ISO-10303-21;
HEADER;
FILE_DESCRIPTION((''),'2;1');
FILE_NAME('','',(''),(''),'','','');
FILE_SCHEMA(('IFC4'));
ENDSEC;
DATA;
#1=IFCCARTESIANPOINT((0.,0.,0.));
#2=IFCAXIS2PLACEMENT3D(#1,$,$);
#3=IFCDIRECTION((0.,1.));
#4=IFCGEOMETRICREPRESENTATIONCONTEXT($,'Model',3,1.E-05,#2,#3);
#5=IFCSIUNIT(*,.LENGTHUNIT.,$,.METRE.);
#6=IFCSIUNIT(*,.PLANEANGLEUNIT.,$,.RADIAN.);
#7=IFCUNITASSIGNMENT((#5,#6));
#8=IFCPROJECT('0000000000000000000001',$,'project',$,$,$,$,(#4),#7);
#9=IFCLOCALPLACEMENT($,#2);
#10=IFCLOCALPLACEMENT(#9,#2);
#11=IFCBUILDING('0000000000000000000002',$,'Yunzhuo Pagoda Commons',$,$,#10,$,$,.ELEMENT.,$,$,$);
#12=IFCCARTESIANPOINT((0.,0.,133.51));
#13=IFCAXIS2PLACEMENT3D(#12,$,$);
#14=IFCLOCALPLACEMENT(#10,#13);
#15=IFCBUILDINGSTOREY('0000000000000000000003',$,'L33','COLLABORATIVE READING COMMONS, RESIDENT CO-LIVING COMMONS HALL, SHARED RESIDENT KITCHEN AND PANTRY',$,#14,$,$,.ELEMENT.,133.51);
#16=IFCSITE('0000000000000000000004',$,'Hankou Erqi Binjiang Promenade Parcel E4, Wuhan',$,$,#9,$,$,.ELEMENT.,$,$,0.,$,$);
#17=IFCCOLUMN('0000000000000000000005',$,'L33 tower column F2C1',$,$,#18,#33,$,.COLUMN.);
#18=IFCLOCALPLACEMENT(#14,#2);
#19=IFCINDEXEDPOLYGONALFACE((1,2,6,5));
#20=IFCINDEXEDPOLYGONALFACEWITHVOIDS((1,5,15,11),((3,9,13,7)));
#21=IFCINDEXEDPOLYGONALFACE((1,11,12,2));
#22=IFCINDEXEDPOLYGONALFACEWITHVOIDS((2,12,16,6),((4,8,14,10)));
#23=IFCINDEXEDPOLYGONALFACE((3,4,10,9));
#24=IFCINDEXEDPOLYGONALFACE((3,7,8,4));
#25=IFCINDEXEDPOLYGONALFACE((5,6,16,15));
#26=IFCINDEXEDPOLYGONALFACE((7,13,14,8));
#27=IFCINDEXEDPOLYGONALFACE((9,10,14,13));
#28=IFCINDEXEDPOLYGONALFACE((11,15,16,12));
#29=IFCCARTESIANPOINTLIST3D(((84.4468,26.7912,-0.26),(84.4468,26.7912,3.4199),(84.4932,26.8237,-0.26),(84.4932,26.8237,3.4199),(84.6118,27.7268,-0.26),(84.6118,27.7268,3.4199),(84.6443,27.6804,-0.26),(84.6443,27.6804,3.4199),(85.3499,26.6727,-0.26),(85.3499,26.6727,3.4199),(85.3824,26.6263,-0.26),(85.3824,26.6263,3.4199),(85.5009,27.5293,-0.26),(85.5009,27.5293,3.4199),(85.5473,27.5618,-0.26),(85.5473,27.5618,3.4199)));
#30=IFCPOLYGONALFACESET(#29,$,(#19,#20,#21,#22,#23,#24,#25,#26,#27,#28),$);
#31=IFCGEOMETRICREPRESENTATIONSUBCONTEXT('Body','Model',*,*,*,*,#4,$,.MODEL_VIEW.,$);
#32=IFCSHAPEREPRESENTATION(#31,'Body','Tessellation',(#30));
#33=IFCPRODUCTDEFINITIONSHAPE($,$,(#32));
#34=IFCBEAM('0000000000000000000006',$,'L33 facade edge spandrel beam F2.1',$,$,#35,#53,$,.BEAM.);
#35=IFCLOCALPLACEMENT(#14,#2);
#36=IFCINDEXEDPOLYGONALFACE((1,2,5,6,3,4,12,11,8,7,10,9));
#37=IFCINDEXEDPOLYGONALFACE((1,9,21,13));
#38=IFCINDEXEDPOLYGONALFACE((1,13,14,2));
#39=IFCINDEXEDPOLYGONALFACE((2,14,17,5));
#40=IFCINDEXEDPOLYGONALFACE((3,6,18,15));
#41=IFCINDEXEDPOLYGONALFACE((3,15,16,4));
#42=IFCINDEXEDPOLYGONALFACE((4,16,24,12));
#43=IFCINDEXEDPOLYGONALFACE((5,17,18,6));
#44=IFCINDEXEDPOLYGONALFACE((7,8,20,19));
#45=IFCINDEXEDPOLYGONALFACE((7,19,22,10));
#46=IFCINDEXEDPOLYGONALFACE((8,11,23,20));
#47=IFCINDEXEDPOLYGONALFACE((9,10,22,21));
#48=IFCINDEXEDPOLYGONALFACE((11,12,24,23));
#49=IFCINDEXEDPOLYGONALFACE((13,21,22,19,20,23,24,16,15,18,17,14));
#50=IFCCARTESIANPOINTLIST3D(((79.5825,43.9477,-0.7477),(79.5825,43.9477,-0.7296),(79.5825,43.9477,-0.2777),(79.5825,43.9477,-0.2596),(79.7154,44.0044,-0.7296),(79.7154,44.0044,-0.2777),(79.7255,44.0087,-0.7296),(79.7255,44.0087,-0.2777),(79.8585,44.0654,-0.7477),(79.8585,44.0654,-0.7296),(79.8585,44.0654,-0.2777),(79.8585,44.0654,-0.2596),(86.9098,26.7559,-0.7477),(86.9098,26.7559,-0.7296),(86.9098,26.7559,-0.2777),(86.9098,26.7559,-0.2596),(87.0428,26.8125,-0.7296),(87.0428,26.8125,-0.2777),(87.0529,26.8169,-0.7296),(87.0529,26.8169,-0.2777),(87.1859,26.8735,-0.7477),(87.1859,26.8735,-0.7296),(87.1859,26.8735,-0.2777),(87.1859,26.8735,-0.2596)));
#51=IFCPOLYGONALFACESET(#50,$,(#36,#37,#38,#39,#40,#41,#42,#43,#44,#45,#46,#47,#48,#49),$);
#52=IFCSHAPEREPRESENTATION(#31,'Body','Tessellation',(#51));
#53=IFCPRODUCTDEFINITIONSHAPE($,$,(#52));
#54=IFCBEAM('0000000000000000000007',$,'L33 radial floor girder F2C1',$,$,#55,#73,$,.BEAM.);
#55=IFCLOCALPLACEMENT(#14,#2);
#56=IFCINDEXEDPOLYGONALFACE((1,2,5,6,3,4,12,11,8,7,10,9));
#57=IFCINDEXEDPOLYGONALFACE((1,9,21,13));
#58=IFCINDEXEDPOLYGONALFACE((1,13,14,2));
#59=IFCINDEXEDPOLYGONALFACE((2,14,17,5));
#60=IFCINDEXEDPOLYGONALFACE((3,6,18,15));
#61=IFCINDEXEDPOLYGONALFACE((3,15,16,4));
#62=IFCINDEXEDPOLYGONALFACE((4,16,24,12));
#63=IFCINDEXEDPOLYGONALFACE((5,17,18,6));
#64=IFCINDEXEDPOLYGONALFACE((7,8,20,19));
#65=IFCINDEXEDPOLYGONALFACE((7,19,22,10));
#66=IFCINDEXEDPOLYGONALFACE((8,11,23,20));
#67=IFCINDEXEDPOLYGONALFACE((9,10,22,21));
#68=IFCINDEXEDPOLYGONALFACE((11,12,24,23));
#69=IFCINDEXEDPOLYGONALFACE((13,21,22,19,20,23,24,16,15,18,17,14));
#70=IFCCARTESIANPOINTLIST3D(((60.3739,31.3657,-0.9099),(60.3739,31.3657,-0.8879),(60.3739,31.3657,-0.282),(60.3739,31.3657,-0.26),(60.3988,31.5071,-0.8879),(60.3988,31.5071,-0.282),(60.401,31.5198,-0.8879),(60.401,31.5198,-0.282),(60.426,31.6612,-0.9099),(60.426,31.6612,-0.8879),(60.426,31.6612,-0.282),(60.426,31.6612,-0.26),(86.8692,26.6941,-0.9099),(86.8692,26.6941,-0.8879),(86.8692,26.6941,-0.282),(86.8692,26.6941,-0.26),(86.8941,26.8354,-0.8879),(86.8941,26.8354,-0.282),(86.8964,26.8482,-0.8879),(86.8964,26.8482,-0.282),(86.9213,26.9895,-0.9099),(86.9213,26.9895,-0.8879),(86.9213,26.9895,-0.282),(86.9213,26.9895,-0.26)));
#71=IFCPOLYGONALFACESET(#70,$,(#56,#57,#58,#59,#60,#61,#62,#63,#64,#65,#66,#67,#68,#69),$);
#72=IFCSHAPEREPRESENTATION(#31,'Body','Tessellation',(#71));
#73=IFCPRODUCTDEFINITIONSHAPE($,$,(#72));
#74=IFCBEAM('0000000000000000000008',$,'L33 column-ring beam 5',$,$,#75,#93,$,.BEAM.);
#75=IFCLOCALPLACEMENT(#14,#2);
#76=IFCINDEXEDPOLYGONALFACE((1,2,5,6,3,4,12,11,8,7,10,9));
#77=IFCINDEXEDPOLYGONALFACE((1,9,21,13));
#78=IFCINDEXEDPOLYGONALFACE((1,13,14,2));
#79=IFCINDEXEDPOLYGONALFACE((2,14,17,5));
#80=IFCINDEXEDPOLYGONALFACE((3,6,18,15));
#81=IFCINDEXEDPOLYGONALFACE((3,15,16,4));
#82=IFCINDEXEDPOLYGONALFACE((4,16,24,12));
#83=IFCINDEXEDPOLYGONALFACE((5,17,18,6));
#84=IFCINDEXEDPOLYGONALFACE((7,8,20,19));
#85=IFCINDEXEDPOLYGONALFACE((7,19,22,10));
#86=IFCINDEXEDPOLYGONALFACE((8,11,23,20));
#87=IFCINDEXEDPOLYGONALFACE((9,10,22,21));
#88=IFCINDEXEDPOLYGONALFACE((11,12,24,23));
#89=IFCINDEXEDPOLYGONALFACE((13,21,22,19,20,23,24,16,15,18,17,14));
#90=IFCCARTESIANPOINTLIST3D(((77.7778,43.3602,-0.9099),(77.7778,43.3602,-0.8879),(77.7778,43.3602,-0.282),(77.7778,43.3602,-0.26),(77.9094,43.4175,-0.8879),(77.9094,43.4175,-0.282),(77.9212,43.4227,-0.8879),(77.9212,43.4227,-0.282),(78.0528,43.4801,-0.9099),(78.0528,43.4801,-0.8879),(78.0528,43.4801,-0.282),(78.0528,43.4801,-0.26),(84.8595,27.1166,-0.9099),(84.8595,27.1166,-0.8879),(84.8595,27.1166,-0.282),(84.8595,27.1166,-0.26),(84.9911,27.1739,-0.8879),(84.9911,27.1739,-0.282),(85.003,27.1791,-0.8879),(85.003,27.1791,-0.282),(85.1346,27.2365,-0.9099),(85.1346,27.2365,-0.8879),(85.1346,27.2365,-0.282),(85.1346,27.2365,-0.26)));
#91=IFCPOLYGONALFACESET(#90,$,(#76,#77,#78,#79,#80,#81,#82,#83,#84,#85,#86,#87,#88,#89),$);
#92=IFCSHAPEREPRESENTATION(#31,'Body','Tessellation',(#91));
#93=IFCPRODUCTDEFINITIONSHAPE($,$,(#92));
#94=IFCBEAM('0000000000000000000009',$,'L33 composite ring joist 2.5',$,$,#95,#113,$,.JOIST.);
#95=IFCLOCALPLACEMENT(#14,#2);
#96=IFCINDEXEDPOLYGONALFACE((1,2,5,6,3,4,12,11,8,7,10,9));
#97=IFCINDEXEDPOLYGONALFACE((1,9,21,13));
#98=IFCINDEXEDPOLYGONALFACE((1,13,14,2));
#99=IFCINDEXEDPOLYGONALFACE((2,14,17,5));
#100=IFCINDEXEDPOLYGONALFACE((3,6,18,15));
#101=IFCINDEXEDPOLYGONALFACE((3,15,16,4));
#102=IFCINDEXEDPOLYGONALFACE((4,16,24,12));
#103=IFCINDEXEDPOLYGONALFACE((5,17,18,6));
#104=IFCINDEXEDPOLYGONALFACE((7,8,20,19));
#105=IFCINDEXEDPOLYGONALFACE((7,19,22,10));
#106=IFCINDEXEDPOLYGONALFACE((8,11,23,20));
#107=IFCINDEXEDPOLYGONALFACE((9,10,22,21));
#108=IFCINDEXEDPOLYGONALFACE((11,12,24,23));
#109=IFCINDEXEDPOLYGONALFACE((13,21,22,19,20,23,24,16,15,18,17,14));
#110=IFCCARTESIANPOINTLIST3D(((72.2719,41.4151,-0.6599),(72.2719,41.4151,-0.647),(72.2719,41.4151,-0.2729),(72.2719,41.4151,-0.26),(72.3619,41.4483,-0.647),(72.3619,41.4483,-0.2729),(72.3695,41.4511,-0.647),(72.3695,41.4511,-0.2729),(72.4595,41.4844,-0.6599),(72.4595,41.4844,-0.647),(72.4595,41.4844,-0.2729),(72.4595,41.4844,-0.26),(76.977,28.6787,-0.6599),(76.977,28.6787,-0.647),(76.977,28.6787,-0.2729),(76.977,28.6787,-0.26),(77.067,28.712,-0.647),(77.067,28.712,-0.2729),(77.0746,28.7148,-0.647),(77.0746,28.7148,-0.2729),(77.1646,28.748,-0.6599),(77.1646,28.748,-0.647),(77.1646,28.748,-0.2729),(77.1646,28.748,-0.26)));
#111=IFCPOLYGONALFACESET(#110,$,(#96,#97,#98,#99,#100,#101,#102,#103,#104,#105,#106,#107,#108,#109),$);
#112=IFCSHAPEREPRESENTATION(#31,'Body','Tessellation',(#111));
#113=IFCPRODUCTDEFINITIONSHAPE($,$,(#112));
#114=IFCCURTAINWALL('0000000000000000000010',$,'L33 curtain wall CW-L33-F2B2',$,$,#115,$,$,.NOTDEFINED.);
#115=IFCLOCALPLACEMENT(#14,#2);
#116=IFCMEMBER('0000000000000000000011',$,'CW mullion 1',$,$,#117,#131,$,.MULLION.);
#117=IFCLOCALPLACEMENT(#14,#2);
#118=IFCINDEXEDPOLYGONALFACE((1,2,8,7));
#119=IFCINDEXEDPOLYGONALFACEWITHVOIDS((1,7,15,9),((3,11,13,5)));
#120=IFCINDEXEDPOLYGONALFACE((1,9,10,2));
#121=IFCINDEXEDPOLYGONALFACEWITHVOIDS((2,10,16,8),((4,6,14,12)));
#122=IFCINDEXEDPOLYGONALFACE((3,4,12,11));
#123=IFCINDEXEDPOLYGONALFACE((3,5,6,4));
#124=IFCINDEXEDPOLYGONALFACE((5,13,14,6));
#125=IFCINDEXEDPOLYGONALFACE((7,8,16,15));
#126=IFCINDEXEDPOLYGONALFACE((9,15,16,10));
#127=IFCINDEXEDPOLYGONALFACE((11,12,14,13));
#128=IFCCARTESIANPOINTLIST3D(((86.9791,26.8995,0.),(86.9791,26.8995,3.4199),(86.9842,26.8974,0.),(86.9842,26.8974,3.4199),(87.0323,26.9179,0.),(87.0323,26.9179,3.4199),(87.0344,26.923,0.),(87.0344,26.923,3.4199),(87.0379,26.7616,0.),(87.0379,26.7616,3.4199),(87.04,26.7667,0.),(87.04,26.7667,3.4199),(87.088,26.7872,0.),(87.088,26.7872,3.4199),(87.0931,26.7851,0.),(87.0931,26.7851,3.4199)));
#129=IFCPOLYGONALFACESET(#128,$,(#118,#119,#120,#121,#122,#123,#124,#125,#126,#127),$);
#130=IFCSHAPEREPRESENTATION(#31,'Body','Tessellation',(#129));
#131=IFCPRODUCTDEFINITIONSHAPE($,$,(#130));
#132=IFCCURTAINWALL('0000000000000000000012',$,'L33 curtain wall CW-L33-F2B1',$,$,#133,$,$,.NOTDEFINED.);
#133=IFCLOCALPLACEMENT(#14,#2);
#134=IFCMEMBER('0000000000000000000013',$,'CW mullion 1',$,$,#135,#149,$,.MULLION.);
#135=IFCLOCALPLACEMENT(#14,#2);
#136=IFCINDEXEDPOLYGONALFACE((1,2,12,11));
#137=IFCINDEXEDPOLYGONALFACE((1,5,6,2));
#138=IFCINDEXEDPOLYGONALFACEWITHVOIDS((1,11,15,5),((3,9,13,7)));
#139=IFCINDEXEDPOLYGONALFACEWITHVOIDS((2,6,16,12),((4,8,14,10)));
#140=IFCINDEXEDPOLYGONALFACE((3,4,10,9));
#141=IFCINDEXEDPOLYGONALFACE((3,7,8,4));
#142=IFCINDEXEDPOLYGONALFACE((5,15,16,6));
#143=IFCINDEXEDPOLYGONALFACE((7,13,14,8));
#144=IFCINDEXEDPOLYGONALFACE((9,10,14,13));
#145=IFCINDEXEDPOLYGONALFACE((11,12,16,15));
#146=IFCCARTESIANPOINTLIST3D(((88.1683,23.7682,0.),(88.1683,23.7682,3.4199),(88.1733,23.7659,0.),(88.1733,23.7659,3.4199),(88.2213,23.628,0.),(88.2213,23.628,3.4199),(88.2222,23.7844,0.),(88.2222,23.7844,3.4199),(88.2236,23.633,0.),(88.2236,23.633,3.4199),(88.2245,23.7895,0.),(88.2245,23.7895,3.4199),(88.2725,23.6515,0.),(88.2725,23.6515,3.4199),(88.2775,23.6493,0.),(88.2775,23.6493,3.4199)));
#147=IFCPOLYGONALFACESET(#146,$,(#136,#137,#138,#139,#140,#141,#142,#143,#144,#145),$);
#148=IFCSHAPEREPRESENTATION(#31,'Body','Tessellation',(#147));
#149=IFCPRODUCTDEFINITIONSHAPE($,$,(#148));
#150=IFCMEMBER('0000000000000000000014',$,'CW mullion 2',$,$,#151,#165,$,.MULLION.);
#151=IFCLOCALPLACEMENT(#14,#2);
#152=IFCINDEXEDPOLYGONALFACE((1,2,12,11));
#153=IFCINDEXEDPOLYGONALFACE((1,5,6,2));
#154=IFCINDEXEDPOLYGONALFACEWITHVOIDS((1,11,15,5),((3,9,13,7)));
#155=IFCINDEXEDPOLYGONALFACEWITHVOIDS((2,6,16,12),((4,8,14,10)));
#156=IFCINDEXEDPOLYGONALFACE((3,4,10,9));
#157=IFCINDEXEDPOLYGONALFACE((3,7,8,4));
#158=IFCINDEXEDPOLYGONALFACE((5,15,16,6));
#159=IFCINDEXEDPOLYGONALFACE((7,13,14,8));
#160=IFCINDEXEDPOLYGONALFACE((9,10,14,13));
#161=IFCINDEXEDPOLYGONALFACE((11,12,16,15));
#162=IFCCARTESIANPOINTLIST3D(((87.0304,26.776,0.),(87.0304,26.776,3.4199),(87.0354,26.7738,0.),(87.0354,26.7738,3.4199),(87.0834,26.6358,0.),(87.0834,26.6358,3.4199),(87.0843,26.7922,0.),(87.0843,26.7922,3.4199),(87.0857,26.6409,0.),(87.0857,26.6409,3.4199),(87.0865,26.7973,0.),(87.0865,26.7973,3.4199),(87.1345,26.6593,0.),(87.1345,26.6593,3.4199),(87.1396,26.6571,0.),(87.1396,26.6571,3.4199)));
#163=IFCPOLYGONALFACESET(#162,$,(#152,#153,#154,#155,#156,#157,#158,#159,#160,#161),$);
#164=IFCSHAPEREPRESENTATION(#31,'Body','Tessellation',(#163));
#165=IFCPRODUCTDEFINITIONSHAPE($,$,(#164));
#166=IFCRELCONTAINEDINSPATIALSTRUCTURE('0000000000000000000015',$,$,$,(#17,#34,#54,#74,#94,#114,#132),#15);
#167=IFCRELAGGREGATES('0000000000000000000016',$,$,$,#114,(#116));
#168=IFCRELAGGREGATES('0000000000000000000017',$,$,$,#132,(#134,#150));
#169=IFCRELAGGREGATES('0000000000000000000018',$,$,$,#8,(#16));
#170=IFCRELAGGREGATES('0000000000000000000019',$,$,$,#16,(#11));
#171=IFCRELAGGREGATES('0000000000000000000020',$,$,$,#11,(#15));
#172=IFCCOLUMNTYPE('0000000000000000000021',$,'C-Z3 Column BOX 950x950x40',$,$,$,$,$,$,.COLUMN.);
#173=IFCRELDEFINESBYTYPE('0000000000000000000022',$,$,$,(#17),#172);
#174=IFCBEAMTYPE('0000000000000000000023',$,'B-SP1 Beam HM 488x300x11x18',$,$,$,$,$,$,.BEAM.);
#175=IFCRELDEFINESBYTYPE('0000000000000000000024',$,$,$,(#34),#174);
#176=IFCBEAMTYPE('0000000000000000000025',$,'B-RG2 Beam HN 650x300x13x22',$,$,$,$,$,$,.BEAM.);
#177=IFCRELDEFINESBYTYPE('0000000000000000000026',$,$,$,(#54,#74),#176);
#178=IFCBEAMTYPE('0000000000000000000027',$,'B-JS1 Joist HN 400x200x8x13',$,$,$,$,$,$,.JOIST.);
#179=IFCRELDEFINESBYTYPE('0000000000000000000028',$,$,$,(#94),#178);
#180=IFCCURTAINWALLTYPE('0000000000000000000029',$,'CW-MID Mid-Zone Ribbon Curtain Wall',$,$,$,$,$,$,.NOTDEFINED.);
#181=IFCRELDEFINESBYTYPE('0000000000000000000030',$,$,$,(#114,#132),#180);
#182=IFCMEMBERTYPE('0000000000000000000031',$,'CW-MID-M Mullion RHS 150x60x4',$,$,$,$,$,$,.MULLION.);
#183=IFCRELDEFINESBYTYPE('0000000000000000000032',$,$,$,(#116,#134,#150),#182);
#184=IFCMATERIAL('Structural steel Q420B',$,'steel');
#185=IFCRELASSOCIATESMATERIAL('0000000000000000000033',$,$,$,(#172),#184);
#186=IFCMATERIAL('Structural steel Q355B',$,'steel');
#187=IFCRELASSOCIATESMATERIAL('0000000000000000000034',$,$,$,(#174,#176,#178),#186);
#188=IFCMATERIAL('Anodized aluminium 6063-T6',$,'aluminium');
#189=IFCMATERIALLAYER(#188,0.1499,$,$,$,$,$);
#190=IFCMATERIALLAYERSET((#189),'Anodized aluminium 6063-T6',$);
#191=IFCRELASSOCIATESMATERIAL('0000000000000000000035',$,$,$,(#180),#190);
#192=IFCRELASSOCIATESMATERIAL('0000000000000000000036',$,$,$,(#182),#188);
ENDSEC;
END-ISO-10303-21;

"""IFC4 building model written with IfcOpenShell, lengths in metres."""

from ifc_helpers import new_model, si_unit, direction, frame, origin, origin_2d, place, context, subcontext, project, spatial, hollow_rectangle, i_section, extrude, source, transform, mapped, material, layer, layer_set, material_profile, profile_set, type_object, element, aggregate, save


model = new_model("IFC4")

# Units and contexts
model_context = context("Model", 3, precision=1e-05, world=origin(), true_north=direction((0.0, 1.0)))
body_context = subcontext(model_context, "Body", "Model", "MODEL_VIEW")
ifc_project = project(units=[si_unit("LENGTHUNIT", "METRE"), si_unit("PLANEANGLEUNIT", "RADIAN")], contexts=[model_context])

# Site, building, storey
site_placement = place(None, origin())
site = spatial("IfcSite", under=ifc_project, at=site_placement, Name="Hankou Erqi Binjiang Promenade Parcel E4, Wuhan", CompositionType="ELEMENT", RefElevation=0.0)
building_placement = place(site_placement, origin())
building = spatial("IfcBuilding", under=site, at=building_placement, Name="Yunzhuo Pagoda Commons", CompositionType="ELEMENT")
storey_placement = place(building_placement, frame((0.0, 0.0, 133.51)))
storey = spatial("IfcBuildingStorey", under=building, at=storey_placement, Name="L33", Description="COLLABORATIVE READING COMMONS, RESIDENT CO-LIVING COMMONS HALL, SHARED RESIDENT KITCHEN AND PANTRY", CompositionType="ELEMENT", Elevation=133.51)

# Column
ifc_material_1 = material(Name="Structural steel Q420B", Category="steel")
ifc_material_profile_1 = material_profile(ifc_material_1, hollow_rectangle(XDim=0.95, YDim=0.95, WallThickness=0.04, at=origin_2d()), Name="Structural steel Q420B")
ifc_profile_set_1 = profile_set([ifc_material_profile_1], Name="Structural steel Q420B")
column_type = type_object("IfcColumnType", Name="C-Z3 Column BOX 950x950x40", PredefinedType="COLUMN", material=ifc_profile_set_1)
shared_shape_1 = source(origin(), body_context, "Body", "SweptSolid", [
    extrude(hollow_rectangle(XDim=0.95, YDim=0.95, WallThickness=0.04, at=origin_2d()), origin(), (0.0, 0.0, 1.0), 3.6799),
])
column_placement = place(storey_placement, frame((84.9971, 27.1765, -0.26), z_axis=(0.0, 0.0, 1.0), x_axis=(0.173648, 0.984808, 0.0)))
element("IfcColumn", 1, at=column_placement, inside=storey, type_object=column_type, Name="L33 tower column F2C1", PredefinedType="COLUMN", context=body_context, shape_type="MappedRepresentation", body=[
    mapped(shared_shape_1, transform((0.0, 0.0, 0.0), scale=1.0)),
])

# Beams
ifc_material_2 = material(Name="Structural steel Q355B", Category="steel")
ifc_material_profile_2 = material_profile(ifc_material_2, i_section(OverallWidth=0.3, OverallDepth=0.488, WebThickness=0.011, FlangeThickness=0.0181, at=origin_2d()), Name="Structural steel Q355B")
ifc_profile_set_2 = profile_set([ifc_material_profile_2], Name="Structural steel Q355B")
beam_type_1 = type_object("IfcBeamType", Name="B-SP1 Beam HM 488x300x11x18", PredefinedType="BEAM", material=ifc_profile_set_2)
shared_shape_2 = source(origin(), body_context, "Body", "SweptSolid", [
    extrude(i_section(OverallWidth=0.3, OverallDepth=0.488, WebThickness=0.011, FlangeThickness=0.0181, at=origin_2d()), origin(), (0.0, 0.0, 1.0), 18.6882),
])
beam_1_placement = place(storey_placement, frame((87.0479, 26.8147, -0.5037), z_axis=(-0.392085, 0.919929, 0.0), x_axis=(-0.919929, -0.392085, 0.0)))
element("IfcBeam", 2, at=beam_1_placement, inside=storey, type_object=beam_type_1, Name="L33 facade edge spandrel beam F2.1", PredefinedType="BEAM", context=body_context, shape_type="MappedRepresentation", body=[
    mapped(shared_shape_2, transform((0.0, 0.0, 0.0), scale=1.0)),
])
ifc_material_profile_3 = material_profile(ifc_material_2, i_section(OverallWidth=0.3, OverallDepth=0.6499, WebThickness=0.0129, FlangeThickness=0.022, at=origin_2d()), Name="Structural steel Q355B")
ifc_profile_set_3 = profile_set([ifc_material_profile_3], Name="Structural steel Q355B")
beam_type_2 = type_object("IfcBeamType", Name="B-RG2 Beam HN 650x300x13x22", PredefinedType="BEAM", material=ifc_profile_set_3)
shared_shape_3 = source(origin(), body_context, "Body", "SweptSolid", [
    extrude(i_section(OverallWidth=0.3, OverallDepth=0.6499, WebThickness=0.0129, FlangeThickness=0.022, at=origin_2d()), origin(), (0.0, 0.0, 1.0), 26.9041),
])
beam_2_placement = place(storey_placement, frame((86.8953, 26.8418, -0.585), z_axis=(-0.984809, 0.17364, 0.0), x_axis=(-0.17364, -0.984809, 0.0)))
element("IfcBeam", 3, at=beam_2_placement, inside=storey, type_object=beam_type_2, Name="L33 radial floor girder F2C1", PredefinedType="BEAM", context=body_context, shape_type="MappedRepresentation", body=[
    mapped(shared_shape_3, transform((0.0, 0.0, 0.0), scale=1.0)),
])
shared_shape_4 = source(origin(), body_context, "Body", "SweptSolid", [
    extrude(i_section(OverallWidth=0.3, OverallDepth=0.6499, WebThickness=0.0129, FlangeThickness=0.022, at=origin_2d()), origin(), (0.0, 0.0, 1.0), 17.7202),
])
beam_3_placement = place(storey_placement, frame((84.9971, 27.1765, -0.585), z_axis=(-0.399643, 0.916671, 0.0), x_axis=(-0.916671, -0.399643, 0.0)))
element("IfcBeam", 4, at=beam_3_placement, inside=storey, type_object=beam_type_2, Name="L33 column-ring beam 5", PredefinedType="BEAM", context=body_context, shape_type="MappedRepresentation", body=[
    mapped(shared_shape_4, transform((0.0, 0.0, 0.0), scale=1.0)),
])
ifc_material_profile_4 = material_profile(ifc_material_2, i_section(OverallWidth=0.2, OverallDepth=0.3999, WebThickness=0.0081, FlangeThickness=0.0129, at=origin_2d()), Name="Structural steel Q355B")
ifc_profile_set_4 = profile_set([ifc_material_profile_4], Name="Structural steel Q355B")
beam_type_3 = type_object("IfcBeamType", Name="B-JS1 Joist HN 400x200x8x13", PredefinedType="JOIST", material=ifc_profile_set_4)
shared_shape_5 = source(origin(), body_context, "Body", "SweptSolid", [
    extrude(i_section(OverallWidth=0.2, OverallDepth=0.3999, WebThickness=0.0081, FlangeThickness=0.0129, at=origin_2d()), origin(), (0.0, 0.0, 1.0), 13.5776),
])
beam_4_placement = place(storey_placement, frame((77.0708, 28.7134, -0.46), z_axis=(-0.346532, 0.938038, 0.0), x_axis=(-0.938038, -0.346532, 0.0)))
element("IfcBeam", 5, at=beam_4_placement, inside=storey, type_object=beam_type_3, Name="L33 composite ring joist 2.5", PredefinedType="JOIST", context=body_context, shape_type="MappedRepresentation", body=[
    mapped(shared_shape_5, transform((0.0, 0.0, 0.0), scale=1.0)),
])

# Curtain wall, member
ifc_material_3 = material(Name="Anodized aluminium 6063-T6", Category="aluminium")
ifc_layer_1 = layer(ifc_material_3, 0.1499)
ifc_layer_set_1 = layer_set([ifc_layer_1], Name="Anodized aluminium 6063-T6")
curtain_wall_type_1 = type_object("IfcCurtainWallType", Name="CW-MID Mid-Zone Ribbon Curtain Wall", PredefinedType="NOTDEFINED", material=ifc_layer_set_1)
curtain_wall_1_placement = place(storey_placement, origin())
curtain_wall_1 = element("IfcCurtainWall", 6, at=curtain_wall_1_placement, inside=storey, type_object=curtain_wall_type_1, Name="L33 curtain wall CW-L33-F2B2", PredefinedType="NOTDEFINED")
ifc_material_profile_5 = material_profile(ifc_material_3, hollow_rectangle(XDim=0.0601, YDim=0.1499, WallThickness=0.0039, at=origin_2d()), Name="Anodized aluminium 6063-T6")
ifc_profile_set_5 = profile_set([ifc_material_profile_5], Name="Anodized aluminium 6063-T6")
member_type_1 = type_object("IfcMemberType", Name="CW-MID-M Mullion RHS 150x60x4", PredefinedType="MULLION", material=ifc_profile_set_5)
shared_shape_6 = source(origin(), body_context, "Body", "SweptSolid", [
    extrude(hollow_rectangle(XDim=0.0601, YDim=0.1499, WallThickness=0.0039, at=origin_2d()), origin(), (0.0, 0.0, 1.0), 3.4199),
])
member_1_placement = place(storey_placement, frame((87.0361, 26.8423, 0.0), z_axis=(0.0, 0.0, 1.0), x_axis=(-0.919928, -0.392087, 0.0)))
member_1 = element("IfcMember", 7, at=member_1_placement, type_object=member_type_1, Name="CW mullion 1", PredefinedType="MULLION", context=body_context, shape_type="MappedRepresentation", body=[
    mapped(shared_shape_6, transform((0.0, 0.0, 0.0), scale=1.0)),
])

# Curtain wall, members
curtain_wall_2_placement = place(storey_placement, origin())
curtain_wall_2 = element("IfcCurtainWall", 8, at=curtain_wall_2_placement, inside=storey, type_object=curtain_wall_type_1, Name="L33 curtain wall CW-L33-F2B1", PredefinedType="NOTDEFINED")
member_2_placement = place(storey_placement, frame((88.2229, 23.7087, 0.0), z_axis=(0.0, 0.0, 1.0), x_axis=(-0.935322, -0.353798, 0.0)))
member_2 = element("IfcMember", 9, at=member_2_placement, type_object=member_type_1, Name="CW mullion 1", PredefinedType="MULLION", context=body_context, shape_type="MappedRepresentation", body=[
    mapped(shared_shape_6, transform((0.0, 0.0, 0.0), scale=1.0)),
])
member_3_placement = place(storey_placement, frame((87.085, 26.7166, 0.0), z_axis=(0.0, 0.0, 1.0), x_axis=(-0.935322, -0.353798, 0.0)))
member_3 = element("IfcMember", 10, at=member_3_placement, type_object=member_type_1, Name="CW mullion 2", PredefinedType="MULLION", context=body_context, shape_type="MappedRepresentation", body=[
    mapped(shared_shape_6, transform((0.0, 0.0, 0.0), scale=1.0)),
])

aggregate(curtain_wall_1, [member_1])

aggregate(curtain_wall_2, [member_2, member_3])

save(model, "model.ifc")
